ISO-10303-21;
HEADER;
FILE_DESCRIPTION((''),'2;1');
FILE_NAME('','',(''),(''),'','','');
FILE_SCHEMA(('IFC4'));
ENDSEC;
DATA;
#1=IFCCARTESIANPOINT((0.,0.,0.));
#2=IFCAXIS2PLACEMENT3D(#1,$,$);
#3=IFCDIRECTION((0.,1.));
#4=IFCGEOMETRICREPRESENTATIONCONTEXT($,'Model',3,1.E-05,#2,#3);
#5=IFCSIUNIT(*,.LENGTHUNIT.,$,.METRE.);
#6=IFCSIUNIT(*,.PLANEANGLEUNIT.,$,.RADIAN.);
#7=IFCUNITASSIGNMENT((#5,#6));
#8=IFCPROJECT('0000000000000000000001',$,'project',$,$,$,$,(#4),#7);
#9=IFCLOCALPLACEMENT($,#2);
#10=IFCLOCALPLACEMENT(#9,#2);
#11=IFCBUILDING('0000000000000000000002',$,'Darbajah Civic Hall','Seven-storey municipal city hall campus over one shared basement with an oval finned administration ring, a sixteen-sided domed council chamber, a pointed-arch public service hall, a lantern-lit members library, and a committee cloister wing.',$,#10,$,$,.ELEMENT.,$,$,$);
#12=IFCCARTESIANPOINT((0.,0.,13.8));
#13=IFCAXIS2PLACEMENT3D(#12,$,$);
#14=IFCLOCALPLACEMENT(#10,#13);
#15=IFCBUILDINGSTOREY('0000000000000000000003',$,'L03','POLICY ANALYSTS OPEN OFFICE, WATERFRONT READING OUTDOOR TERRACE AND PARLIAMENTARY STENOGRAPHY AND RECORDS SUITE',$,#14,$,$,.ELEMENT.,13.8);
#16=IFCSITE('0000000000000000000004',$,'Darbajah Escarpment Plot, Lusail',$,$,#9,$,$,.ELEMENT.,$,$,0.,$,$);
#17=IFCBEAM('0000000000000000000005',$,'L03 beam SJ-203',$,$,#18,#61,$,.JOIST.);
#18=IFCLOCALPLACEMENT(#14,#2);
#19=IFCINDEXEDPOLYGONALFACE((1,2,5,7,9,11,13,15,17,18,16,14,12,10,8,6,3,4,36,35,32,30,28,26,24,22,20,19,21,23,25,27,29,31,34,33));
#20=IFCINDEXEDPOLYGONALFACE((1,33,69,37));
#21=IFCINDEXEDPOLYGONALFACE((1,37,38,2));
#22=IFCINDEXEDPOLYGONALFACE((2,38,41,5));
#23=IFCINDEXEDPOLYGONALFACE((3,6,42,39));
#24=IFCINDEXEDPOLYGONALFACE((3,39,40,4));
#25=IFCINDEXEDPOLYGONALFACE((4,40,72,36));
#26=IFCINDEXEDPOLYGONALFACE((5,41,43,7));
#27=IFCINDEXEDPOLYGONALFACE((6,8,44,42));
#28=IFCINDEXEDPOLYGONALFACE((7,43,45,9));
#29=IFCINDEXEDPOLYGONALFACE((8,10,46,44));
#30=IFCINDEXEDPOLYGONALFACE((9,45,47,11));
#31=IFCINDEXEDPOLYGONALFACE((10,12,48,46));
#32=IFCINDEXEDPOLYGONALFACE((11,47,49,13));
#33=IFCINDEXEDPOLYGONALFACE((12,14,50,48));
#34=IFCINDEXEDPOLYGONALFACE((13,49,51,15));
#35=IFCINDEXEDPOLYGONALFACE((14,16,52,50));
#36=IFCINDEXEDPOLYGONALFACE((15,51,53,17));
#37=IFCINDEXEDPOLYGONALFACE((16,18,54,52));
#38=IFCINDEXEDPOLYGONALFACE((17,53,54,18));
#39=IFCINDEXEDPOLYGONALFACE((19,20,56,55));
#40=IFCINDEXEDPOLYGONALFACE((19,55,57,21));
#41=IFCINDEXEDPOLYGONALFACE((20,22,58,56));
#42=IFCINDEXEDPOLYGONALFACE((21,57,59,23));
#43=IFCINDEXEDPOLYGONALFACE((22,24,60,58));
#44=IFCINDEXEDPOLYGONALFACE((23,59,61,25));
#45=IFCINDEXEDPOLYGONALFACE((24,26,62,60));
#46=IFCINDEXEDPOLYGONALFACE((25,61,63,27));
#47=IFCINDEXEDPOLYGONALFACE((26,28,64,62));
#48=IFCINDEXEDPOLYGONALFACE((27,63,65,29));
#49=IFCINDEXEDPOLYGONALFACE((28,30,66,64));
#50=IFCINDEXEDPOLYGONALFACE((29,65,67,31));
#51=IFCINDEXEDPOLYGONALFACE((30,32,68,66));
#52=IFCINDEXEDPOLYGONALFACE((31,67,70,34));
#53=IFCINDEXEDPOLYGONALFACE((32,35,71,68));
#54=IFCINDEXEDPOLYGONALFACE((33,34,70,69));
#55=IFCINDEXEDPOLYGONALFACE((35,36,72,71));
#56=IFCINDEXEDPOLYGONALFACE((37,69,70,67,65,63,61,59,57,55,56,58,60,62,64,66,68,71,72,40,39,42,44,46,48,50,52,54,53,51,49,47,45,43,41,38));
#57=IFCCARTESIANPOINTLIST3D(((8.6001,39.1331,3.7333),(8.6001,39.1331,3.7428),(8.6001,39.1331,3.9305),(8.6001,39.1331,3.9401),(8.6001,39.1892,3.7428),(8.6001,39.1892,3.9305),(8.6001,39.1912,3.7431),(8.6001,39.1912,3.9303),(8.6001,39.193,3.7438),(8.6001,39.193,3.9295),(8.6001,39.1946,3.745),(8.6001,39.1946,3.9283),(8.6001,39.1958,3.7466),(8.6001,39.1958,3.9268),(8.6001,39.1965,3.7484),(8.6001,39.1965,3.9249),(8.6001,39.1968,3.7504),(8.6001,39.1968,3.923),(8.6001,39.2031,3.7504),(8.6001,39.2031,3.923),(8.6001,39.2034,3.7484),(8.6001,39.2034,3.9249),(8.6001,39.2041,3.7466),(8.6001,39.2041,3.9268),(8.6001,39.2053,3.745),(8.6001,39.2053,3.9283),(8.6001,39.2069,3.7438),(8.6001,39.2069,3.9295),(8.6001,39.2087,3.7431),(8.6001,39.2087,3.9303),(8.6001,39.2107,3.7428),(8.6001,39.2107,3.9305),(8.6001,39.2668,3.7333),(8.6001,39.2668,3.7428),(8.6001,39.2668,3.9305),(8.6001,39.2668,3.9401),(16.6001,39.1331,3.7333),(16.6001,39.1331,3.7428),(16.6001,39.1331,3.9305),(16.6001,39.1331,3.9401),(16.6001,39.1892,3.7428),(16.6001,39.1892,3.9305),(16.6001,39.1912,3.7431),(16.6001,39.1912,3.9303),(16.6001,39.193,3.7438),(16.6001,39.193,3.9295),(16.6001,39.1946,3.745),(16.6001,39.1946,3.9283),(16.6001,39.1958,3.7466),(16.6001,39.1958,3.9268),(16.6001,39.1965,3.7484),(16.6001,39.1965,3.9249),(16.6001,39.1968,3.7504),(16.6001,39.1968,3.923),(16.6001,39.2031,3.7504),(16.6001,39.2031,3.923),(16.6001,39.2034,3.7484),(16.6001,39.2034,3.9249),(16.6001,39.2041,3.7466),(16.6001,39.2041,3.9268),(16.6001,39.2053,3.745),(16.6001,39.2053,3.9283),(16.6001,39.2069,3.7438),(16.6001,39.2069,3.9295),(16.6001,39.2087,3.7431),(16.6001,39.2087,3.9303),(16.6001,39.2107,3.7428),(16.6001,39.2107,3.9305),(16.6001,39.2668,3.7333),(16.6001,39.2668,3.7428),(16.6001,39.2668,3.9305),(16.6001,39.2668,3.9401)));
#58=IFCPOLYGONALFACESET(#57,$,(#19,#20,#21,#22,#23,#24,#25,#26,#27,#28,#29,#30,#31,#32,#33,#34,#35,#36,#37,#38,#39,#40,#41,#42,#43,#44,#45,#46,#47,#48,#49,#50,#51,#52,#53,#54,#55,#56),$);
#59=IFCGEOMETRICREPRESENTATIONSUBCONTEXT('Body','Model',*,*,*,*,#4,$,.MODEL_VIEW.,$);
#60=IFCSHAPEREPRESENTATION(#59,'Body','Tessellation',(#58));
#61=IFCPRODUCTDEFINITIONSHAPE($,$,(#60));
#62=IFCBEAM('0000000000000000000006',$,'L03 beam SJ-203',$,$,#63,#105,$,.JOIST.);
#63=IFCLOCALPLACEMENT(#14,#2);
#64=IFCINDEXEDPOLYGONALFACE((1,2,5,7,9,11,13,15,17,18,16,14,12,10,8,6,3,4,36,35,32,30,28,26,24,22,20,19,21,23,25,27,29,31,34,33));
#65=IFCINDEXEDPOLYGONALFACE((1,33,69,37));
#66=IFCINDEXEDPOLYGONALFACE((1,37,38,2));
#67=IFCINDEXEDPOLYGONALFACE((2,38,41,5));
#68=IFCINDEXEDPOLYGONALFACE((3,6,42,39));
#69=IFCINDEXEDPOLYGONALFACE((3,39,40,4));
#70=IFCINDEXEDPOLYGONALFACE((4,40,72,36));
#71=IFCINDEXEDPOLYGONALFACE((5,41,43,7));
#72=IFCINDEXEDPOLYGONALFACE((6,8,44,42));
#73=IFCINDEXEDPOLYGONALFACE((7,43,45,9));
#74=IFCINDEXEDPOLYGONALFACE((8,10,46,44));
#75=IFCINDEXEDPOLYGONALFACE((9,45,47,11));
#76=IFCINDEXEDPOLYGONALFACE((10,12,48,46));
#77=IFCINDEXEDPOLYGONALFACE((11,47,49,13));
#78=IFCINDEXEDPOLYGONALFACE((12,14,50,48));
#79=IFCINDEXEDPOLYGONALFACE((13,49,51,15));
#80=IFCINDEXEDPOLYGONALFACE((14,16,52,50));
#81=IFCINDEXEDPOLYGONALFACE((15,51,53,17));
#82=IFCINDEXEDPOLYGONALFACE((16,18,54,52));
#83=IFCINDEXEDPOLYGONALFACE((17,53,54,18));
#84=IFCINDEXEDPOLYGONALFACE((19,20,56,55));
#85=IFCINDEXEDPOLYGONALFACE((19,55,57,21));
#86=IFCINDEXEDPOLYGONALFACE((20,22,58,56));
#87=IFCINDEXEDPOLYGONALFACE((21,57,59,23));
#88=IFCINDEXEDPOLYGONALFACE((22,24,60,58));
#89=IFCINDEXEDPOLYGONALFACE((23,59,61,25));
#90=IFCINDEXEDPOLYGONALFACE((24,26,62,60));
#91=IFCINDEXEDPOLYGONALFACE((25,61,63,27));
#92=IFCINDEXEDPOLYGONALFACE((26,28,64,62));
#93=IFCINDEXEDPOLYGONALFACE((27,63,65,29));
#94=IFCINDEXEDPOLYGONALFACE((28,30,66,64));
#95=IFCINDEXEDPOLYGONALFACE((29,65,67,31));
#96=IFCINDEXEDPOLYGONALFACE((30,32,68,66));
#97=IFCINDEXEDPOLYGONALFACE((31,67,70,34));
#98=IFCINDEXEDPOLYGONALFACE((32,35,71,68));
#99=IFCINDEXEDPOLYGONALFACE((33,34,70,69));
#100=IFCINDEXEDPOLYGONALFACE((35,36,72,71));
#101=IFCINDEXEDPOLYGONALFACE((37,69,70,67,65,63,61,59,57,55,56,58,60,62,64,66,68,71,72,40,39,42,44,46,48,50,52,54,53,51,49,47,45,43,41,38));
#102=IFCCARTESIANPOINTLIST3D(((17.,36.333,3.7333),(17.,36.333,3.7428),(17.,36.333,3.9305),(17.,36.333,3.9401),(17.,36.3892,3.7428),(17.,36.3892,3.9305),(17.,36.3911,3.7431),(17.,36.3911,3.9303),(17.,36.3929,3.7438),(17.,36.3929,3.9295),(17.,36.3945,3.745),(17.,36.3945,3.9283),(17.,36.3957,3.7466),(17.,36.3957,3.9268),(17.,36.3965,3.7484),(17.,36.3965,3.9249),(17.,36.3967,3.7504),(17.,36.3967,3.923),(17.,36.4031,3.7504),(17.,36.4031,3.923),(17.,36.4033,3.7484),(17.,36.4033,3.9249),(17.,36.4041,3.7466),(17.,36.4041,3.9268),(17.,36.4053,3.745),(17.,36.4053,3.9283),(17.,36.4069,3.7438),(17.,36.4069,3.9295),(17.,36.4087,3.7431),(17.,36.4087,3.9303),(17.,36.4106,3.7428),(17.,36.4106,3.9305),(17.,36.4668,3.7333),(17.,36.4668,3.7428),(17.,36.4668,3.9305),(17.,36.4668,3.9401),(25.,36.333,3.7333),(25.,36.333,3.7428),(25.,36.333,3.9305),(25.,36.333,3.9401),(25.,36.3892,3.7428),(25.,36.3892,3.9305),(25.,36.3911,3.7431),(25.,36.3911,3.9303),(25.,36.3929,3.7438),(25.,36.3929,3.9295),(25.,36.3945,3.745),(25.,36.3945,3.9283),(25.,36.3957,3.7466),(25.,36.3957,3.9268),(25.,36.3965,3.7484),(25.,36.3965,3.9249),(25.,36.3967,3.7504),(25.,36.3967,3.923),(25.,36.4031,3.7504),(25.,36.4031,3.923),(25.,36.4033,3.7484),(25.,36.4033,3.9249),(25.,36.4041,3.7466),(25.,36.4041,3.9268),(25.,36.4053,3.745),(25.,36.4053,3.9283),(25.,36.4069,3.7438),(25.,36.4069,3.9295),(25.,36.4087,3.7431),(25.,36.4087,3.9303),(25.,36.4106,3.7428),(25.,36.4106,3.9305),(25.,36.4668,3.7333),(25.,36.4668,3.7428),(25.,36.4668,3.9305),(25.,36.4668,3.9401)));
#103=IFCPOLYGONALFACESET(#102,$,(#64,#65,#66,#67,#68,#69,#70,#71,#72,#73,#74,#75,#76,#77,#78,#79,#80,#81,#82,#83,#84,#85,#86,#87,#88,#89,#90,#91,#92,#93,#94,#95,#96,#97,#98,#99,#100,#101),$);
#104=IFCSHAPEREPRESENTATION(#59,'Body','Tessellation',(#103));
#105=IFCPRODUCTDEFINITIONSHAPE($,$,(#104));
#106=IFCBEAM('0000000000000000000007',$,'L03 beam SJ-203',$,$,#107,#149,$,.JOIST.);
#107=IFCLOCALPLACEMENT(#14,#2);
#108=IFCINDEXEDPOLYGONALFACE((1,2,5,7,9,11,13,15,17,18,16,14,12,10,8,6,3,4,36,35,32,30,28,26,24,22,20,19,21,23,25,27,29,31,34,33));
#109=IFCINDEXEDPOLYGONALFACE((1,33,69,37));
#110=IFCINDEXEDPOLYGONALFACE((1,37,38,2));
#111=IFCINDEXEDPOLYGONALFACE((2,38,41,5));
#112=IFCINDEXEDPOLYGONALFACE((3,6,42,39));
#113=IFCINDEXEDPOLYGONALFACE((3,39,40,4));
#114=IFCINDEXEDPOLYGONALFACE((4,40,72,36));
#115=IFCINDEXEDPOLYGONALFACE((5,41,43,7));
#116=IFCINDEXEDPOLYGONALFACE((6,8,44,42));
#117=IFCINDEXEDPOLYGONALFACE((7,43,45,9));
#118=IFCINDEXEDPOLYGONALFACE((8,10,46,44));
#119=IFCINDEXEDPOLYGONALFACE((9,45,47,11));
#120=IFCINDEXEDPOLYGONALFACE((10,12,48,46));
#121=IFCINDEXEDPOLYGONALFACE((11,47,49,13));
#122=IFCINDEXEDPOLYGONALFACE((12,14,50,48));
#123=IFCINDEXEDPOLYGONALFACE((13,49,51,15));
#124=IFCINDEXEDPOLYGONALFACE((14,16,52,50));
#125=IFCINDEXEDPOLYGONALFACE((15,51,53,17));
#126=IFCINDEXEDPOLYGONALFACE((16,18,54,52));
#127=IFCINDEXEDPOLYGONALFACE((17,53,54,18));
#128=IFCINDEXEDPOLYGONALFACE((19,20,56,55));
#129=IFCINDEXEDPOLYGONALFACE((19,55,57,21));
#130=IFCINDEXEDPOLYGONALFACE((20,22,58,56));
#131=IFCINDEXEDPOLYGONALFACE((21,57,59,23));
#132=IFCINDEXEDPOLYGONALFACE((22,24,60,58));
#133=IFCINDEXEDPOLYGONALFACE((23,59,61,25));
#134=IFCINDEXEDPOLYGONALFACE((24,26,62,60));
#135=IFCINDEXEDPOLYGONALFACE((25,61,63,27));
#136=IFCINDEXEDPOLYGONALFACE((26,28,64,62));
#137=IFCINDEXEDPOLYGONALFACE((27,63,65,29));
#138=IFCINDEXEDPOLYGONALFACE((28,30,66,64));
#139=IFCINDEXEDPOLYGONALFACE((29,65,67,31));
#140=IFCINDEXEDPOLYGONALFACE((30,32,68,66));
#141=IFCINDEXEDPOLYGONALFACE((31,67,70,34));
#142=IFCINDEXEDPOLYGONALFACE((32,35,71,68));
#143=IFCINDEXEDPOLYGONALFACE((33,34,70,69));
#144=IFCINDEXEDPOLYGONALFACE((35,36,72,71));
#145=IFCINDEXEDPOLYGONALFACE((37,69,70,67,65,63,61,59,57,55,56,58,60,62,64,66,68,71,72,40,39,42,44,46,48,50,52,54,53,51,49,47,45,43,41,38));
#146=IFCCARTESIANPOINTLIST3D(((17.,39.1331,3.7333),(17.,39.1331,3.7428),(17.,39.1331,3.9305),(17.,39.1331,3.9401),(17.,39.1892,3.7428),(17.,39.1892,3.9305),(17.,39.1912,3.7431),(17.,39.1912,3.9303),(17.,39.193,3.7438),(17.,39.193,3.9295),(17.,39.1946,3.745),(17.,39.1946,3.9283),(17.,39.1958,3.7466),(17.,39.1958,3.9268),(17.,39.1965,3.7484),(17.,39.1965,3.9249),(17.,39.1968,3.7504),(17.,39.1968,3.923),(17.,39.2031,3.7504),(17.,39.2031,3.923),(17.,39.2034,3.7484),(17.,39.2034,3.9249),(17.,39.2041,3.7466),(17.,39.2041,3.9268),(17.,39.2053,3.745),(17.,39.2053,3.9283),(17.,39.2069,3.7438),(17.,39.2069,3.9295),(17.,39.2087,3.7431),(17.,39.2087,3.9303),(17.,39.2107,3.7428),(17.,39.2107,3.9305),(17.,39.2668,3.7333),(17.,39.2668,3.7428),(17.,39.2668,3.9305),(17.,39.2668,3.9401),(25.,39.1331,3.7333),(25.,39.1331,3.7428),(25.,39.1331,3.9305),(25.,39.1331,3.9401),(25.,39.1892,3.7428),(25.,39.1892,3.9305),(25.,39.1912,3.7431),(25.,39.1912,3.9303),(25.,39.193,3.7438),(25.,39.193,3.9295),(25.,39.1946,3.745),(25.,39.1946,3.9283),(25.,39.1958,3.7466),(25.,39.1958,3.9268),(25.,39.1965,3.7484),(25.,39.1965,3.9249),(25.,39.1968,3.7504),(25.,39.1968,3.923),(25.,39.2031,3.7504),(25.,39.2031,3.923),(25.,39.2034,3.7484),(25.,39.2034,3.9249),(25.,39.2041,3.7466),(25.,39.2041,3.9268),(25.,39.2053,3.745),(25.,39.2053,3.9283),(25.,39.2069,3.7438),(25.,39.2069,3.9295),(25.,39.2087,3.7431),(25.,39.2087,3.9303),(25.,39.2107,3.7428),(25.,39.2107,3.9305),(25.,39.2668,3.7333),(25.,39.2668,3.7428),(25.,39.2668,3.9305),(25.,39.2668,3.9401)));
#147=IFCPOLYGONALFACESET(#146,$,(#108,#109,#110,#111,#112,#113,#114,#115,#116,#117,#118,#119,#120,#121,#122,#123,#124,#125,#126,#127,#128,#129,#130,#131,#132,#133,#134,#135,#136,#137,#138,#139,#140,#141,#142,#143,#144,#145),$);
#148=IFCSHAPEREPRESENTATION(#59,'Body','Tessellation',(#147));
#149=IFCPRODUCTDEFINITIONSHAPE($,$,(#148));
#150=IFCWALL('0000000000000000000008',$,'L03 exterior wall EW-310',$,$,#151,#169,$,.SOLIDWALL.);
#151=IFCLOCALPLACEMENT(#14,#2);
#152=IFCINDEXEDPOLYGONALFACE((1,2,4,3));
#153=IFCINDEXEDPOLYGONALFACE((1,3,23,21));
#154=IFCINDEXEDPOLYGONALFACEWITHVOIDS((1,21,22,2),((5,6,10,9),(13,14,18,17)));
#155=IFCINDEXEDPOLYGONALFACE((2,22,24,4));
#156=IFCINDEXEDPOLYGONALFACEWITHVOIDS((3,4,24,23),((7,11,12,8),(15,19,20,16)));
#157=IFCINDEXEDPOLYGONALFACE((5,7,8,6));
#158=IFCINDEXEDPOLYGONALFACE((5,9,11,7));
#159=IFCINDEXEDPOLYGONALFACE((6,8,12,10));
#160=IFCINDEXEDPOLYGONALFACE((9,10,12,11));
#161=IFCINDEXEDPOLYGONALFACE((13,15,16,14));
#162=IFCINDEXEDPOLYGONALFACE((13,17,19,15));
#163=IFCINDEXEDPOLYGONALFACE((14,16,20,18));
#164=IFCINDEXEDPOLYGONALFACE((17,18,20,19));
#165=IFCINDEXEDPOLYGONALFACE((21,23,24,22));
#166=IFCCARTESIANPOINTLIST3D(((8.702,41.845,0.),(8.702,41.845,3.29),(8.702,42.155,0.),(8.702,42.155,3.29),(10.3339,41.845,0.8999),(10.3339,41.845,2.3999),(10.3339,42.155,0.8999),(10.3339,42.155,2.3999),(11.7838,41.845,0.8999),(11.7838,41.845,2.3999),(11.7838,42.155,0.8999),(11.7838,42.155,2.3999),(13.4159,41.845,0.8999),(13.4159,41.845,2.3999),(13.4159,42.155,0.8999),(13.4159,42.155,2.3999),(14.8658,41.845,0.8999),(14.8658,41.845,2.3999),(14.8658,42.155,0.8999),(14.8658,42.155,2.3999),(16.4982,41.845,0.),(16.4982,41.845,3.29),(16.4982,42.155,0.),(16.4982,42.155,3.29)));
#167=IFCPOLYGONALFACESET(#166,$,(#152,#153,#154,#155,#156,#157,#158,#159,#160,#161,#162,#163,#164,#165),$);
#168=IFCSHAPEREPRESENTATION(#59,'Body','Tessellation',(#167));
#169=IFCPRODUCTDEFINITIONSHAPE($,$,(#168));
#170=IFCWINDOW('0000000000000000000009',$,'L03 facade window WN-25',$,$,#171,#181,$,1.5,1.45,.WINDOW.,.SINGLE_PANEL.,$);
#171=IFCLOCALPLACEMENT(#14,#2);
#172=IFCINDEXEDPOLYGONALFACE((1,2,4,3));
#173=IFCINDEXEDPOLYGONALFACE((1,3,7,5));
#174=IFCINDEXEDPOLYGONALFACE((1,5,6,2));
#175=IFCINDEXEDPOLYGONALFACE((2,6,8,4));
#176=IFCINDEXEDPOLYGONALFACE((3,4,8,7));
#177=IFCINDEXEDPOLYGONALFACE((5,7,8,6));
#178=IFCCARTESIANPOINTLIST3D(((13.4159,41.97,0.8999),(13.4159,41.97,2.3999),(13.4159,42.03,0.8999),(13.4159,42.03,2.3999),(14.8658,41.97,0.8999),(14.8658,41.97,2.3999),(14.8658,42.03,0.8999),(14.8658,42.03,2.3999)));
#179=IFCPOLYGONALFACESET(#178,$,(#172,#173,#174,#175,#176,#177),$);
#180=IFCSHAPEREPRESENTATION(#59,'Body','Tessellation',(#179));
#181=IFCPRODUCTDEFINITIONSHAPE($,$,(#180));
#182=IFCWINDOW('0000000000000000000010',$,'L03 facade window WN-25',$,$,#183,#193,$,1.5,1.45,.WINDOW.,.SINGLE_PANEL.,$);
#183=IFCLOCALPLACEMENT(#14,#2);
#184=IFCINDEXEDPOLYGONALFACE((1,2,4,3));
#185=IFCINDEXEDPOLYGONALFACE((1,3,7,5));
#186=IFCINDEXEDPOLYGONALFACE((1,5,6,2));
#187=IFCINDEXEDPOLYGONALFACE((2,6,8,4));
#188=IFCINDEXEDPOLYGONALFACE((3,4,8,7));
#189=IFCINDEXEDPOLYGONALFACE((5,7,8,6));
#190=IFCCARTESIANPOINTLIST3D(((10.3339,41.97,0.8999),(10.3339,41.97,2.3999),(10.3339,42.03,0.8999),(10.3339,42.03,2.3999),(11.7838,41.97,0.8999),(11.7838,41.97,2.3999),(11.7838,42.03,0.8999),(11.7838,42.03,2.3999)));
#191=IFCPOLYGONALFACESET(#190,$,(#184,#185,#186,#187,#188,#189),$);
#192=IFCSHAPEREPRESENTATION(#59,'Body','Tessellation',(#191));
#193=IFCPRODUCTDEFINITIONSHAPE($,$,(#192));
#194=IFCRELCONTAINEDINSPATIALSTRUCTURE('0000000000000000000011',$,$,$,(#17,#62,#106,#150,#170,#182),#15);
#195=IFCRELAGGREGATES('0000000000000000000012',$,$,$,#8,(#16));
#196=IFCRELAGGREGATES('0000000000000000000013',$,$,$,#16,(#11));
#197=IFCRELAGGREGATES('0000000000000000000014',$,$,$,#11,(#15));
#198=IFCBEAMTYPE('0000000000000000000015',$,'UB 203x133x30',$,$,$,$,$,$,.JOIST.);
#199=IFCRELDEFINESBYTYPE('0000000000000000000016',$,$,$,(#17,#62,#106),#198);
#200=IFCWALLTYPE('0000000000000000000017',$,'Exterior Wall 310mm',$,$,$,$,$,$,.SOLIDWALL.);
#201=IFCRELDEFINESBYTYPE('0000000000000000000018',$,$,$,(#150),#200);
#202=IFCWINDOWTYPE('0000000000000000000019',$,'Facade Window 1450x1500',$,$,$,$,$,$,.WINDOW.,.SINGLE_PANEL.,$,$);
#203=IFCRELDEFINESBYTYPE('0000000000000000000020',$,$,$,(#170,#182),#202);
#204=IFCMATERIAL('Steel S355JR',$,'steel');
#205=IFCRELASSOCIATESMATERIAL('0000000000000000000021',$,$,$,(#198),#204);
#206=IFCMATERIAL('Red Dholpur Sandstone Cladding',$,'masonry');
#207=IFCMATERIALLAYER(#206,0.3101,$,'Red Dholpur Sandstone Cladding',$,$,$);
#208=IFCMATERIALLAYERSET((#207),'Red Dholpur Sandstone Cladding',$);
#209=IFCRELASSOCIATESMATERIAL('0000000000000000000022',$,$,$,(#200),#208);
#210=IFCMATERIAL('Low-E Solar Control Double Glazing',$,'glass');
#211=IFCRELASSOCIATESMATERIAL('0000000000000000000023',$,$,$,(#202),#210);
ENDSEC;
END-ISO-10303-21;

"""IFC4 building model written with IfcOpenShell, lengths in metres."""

from ifc_helpers import new_model, si_unit, direction, frame, frame_2d, origin, origin_2d, place, context, subcontext, project, spatial, rectangle, i_section, extrude, material, layer, layer_set, material_profile, profile_set, type_object, element, fill, save


model = new_model("IFC4")

# Units and contexts
model_context = context("Model", 3, precision=1e-05, world=origin(), true_north=direction((0.0, 1.0)))
body_context = subcontext(model_context, "Body", "Model", "MODEL_VIEW")
ifc_project = project(units=[si_unit("LENGTHUNIT", "METRE"), si_unit("PLANEANGLEUNIT", "RADIAN")], contexts=[model_context])

# Site, building, storey
site_placement = place(None, origin())
site = spatial("IfcSite", under=ifc_project, at=site_placement, Name="Darbajah Escarpment Plot, Lusail", CompositionType="ELEMENT", RefElevation=0.0)
building_placement = place(site_placement, origin())
building = spatial("IfcBuilding", under=site, at=building_placement, Name="Darbajah Civic Hall", Description="Seven-storey municipal city hall campus over one shared basement with an oval finned administration ring, a sixteen-sided domed council chamber, a pointed-arch public service hall, a lantern-lit members library, and a committee cloister wing.", CompositionType="ELEMENT")
storey_placement = place(building_placement, frame((0.0, 0.0, 13.8)))
storey = spatial("IfcBuildingStorey", under=building, at=storey_placement, Name="L03", Description="POLICY ANALYSTS OPEN OFFICE, WATERFRONT READING OUTDOOR TERRACE AND PARLIAMENTARY STENOGRAPHY AND RECORDS SUITE", CompositionType="ELEMENT", Elevation=13.8)

# Beams
ifc_material_1 = material(Name="Steel S355JR", Category="steel")
ifc_material_profile_1 = material_profile(ifc_material_1, i_section(OverallWidth=0.1338, OverallDepth=0.2068, WebThickness=0.0063, FlangeThickness=0.0095, FilletRadius=0.0076, at=origin_2d()), Name="UB 203x133x30")
ifc_profile_set_1 = profile_set([ifc_material_profile_1], Name="Steel S355JR")
beam_type_1 = type_object("IfcBeamType", Name="UB 203x133x30", PredefinedType="JOIST", material=ifc_profile_set_1)
for number, where, z_axis, x_axis, name in (
    (1, (8.6001, 39.2, 3.8367), (1.0, 0.0, 0.0), (0.0, 1.0, 0.0), "L03 beam SJ-203"),
    (2, (17.0, 36.3999, 3.8367), (1.0, 0.0, 0.0), (0.0, 1.0, 0.0), "L03 beam SJ-203"),
    (3, (17.0, 39.2, 3.8367), (1.0, 0.0, 0.0), (0.0, 1.0, 0.0), "L03 beam SJ-203"),
):
    element("IfcBeam", number, at=place(storey_placement, frame(where, z_axis=z_axis, x_axis=x_axis)), inside=storey, type_object=beam_type_1, Name=name, PredefinedType="JOIST", context=body_context, shape_type="SweptSolid", body=[
        extrude(i_section(OverallWidth=0.1338, OverallDepth=0.2068, WebThickness=0.0063, FlangeThickness=0.0095, FilletRadius=0.0076, at=origin_2d()), origin(), (0.0, 0.0, 1.0), 8.0),
    ])

# Wall, openings, windows
ifc_material_2 = material(Name="Red Dholpur Sandstone Cladding", Category="masonry")
ifc_layer_1 = layer(ifc_material_2, 0.3101, Name="Red Dholpur Sandstone Cladding")
ifc_layer_set_1 = layer_set([ifc_layer_1], Name="Red Dholpur Sandstone Cladding")
wall_type_1 = type_object("IfcWallType", Name="Exterior Wall 310mm", PredefinedType="SOLIDWALL", material=ifc_layer_set_1)
wall_1_placement = place(storey_placement, frame((16.498, 42.0, 0.0), z_axis=(0.0, 0.0, 1.0), x_axis=(-1.0, 0.0, 0.0)))
wall_1 = element("IfcWall", 4, at=wall_1_placement, inside=storey, type_object=wall_type_1, Name="L03 exterior wall EW-310", PredefinedType="SOLIDWALL", context=body_context, shape_type="SweptSolid", body=[
    extrude(rectangle(XDim=7.7961, YDim=0.3101, at=frame_2d((3.8979, 0.0))), origin(), (0.0, 0.0, 1.0), 3.29),
])
opening_1_placement = place(wall_1_placement, frame((1.6321, 0.0, 0.8999)))
opening_1 = element("IfcOpeningElement", 5, at=opening_1_placement, cuts=wall_1, PredefinedType="OPENING", context=body_context, shape_type="SweptSolid", body=[
    extrude(rectangle(XDim=1.45, YDim=1.5, at=frame_2d((0.7251, 0.75))), frame((0.0, 0.165, 0.0), z_axis=(0.0, -1.0, 0.0), x_axis=(1.0, 0.0, 0.0)), (0.0, 0.0, 1.0), 0.3301),
])
opening_2_placement = place(wall_1_placement, frame((4.7141, 0.0, 0.8999)))
opening_2 = element("IfcOpeningElement", 6, at=opening_2_placement, cuts=wall_1, PredefinedType="OPENING", context=body_context, shape_type="SweptSolid", body=[
    extrude(rectangle(XDim=1.45, YDim=1.5, at=frame_2d((0.7251, 0.75))), frame((0.0, 0.165, 0.0), z_axis=(0.0, -1.0, 0.0), x_axis=(1.0, 0.0, 0.0)), (0.0, 0.0, 1.0), 0.3301),
])
ifc_material_3 = material(Name="Low-E Solar Control Double Glazing", Category="glass")
window_type = type_object("IfcWindowType", Name="Facade Window 1450x1500", PartitioningType="SINGLE_PANEL", PredefinedType="WINDOW", material=ifc_material_3)
window_1_placement = place(opening_1_placement, origin())
window_1 = element("IfcWindow", 7, at=window_1_placement, inside=storey, type_object=window_type, Name="L03 facade window WN-25", OverallHeight=1.5, OverallWidth=1.45, PartitioningType="SINGLE_PANEL", PredefinedType="WINDOW", context=body_context, shape_type="SweptSolid", body=[
    extrude(rectangle(XDim=1.45, YDim=1.5, at=frame_2d((0.7251, 0.75))), frame((0.0, 0.03, 0.0), z_axis=(0.0, -1.0, 0.0), x_axis=(1.0, 0.0, 0.0)), (0.0, 0.0, 1.0), 0.0601),
])
fill(opening_1, window_1)
window_2_placement = place(opening_2_placement, origin())
window_2 = element("IfcWindow", 8, at=window_2_placement, inside=storey, type_object=window_type, Name="L03 facade window WN-25", OverallHeight=1.5, OverallWidth=1.45, PartitioningType="SINGLE_PANEL", PredefinedType="WINDOW", context=body_context, shape_type="SweptSolid", body=[
    extrude(rectangle(XDim=1.45, YDim=1.5, at=frame_2d((0.7251, 0.75))), frame((0.0, 0.03, 0.0), z_axis=(0.0, -1.0, 0.0), x_axis=(1.0, 0.0, 0.0)), (0.0, 0.0, 1.0), 0.0601),
])
fill(opening_2, window_2)

save(model, "model.ifc")
